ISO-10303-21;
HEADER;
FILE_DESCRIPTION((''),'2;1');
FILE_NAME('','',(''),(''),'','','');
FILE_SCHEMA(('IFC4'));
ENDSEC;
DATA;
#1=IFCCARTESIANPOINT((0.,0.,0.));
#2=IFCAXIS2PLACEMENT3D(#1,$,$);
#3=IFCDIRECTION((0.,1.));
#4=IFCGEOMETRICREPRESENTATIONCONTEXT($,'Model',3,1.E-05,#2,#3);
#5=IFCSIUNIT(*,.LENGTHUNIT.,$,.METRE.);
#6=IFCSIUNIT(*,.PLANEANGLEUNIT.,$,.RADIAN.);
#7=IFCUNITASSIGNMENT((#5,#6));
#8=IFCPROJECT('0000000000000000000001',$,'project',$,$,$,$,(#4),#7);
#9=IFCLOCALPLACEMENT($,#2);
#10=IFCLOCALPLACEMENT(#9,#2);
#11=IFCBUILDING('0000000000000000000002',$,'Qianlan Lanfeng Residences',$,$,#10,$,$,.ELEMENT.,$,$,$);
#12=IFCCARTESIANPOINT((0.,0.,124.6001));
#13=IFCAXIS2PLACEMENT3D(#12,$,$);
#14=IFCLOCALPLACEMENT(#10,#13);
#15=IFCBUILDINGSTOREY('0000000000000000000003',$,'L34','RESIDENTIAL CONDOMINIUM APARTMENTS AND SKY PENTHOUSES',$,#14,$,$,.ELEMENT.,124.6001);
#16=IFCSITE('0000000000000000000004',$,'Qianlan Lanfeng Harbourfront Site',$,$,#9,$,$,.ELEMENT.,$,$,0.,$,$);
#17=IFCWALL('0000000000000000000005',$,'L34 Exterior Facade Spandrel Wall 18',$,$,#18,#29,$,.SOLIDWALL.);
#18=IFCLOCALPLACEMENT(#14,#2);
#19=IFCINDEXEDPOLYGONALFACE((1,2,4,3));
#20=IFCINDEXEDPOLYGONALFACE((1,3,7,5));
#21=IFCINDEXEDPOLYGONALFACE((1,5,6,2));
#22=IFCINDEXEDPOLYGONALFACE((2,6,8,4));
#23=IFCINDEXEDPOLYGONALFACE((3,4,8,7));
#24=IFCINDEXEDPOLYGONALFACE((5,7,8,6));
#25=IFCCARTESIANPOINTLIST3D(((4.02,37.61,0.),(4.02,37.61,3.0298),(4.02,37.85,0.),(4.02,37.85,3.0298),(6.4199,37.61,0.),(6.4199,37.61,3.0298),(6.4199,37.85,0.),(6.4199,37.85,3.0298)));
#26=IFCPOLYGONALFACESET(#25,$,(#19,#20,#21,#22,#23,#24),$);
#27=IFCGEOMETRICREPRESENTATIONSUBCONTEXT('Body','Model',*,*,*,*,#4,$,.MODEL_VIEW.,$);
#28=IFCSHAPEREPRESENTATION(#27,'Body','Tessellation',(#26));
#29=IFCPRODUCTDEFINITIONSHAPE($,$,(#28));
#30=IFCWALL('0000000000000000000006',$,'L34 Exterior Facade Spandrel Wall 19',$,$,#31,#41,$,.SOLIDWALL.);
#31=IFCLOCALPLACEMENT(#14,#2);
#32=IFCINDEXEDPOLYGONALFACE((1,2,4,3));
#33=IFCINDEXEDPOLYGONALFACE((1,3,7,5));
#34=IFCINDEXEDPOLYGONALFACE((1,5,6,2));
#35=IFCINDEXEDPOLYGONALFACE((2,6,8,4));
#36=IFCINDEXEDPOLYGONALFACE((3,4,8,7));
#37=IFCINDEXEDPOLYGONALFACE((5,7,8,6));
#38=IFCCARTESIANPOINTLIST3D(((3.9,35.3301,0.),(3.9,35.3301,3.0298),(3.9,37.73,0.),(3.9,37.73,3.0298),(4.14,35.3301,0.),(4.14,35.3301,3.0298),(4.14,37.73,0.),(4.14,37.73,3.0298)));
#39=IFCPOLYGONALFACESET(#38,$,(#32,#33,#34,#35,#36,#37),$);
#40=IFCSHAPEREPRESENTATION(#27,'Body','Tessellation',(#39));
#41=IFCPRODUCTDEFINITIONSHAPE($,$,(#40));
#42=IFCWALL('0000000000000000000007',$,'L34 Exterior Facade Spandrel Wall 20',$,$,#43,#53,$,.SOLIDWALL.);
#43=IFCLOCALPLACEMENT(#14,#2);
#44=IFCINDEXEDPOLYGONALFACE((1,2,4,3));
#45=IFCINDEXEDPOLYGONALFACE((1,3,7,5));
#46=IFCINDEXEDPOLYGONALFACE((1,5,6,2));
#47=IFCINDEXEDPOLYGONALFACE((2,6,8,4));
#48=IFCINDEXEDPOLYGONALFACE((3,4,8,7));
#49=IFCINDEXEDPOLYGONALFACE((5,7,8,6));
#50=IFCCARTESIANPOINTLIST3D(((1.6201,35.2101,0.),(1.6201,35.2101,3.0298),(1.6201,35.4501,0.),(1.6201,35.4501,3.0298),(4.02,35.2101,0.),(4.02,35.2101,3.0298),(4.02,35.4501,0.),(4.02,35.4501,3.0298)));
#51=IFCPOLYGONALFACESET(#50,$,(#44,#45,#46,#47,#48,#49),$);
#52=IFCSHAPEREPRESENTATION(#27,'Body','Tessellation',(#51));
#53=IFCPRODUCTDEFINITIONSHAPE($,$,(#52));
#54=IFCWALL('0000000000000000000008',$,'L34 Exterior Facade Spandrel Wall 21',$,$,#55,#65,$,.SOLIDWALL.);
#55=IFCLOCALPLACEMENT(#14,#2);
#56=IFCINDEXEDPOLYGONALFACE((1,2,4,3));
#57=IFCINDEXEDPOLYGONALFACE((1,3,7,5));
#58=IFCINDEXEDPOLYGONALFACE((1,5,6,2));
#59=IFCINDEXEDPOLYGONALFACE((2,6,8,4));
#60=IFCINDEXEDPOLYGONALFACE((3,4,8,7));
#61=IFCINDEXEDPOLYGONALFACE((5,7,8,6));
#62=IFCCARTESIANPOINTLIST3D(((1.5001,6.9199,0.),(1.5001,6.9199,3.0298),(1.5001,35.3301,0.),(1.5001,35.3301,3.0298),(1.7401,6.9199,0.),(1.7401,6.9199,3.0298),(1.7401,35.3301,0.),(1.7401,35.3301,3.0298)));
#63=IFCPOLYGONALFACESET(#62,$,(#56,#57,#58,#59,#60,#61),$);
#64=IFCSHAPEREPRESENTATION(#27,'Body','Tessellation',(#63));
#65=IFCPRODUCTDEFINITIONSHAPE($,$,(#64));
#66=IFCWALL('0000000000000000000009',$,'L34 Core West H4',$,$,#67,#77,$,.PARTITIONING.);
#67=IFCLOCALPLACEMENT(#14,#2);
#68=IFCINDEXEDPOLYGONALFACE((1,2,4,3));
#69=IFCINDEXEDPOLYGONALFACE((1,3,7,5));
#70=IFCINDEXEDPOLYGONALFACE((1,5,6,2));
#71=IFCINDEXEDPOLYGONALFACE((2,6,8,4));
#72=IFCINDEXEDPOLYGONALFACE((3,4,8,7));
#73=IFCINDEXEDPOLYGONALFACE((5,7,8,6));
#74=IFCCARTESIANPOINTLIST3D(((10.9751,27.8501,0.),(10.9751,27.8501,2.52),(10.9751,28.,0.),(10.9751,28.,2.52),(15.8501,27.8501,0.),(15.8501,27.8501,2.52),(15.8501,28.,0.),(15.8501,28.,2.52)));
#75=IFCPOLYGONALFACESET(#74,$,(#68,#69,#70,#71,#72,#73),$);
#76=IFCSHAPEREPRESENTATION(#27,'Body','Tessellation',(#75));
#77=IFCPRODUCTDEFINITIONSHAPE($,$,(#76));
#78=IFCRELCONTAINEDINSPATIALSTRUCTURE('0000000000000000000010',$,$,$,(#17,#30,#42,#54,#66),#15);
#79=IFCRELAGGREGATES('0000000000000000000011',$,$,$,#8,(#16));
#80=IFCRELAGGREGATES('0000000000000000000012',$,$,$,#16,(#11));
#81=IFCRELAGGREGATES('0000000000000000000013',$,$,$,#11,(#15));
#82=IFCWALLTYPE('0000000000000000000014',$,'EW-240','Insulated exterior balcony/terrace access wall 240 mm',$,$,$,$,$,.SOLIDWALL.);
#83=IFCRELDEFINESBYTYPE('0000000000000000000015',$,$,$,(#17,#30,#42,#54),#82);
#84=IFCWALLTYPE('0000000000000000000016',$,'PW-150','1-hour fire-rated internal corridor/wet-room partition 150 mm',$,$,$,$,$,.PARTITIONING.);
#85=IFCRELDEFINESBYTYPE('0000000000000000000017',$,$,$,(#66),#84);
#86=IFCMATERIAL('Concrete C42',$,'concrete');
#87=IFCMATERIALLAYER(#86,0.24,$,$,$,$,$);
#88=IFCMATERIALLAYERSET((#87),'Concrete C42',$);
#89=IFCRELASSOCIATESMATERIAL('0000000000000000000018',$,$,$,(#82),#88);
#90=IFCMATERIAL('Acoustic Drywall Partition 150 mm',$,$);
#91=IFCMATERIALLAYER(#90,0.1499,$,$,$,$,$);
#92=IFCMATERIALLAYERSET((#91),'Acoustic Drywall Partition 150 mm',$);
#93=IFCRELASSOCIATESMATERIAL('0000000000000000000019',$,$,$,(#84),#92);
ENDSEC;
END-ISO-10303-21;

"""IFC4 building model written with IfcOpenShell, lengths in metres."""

from ifc_helpers import new_model, si_unit, direction, frame, frame_2d, origin, place, context, subcontext, project, spatial, rectangle, extrude, material, layer, layer_set, type_object, element, save


model = new_model("IFC4")

# Units and contexts
model_context = context("Model", 3, precision=1e-05, world=origin(), true_north=direction((0.0, 1.0)))
body_context = subcontext(model_context, "Body", "Model", "MODEL_VIEW")
ifc_project = project(units=[si_unit("LENGTHUNIT", "METRE"), si_unit("PLANEANGLEUNIT", "RADIAN")], contexts=[model_context])

# Site, building, storey
site_placement = place(None, origin())
site = spatial("IfcSite", under=ifc_project, at=site_placement, Name="Qianlan Lanfeng Harbourfront Site", CompositionType="ELEMENT", RefElevation=0.0)
building_placement = place(site_placement, origin())
building = spatial("IfcBuilding", under=site, at=building_placement, Name="Qianlan Lanfeng Residences", CompositionType="ELEMENT")
storey_placement = place(building_placement, frame((0.0, 0.0, 124.6001)))
storey = spatial("IfcBuildingStorey", under=building, at=storey_placement, Name="L34", Description="RESIDENTIAL CONDOMINIUM APARTMENTS AND SKY PENTHOUSES", CompositionType="ELEMENT", Elevation=124.6001)

# Walls
ifc_material_1 = material(Name="Concrete C42", Category="concrete")
ifc_layer_1 = layer(ifc_material_1, 0.24)
ifc_layer_set_1 = layer_set([ifc_layer_1], Name="Concrete C42")
wall_type_1 = type_object("IfcWallType", Name="EW-240", Description="Insulated exterior balcony/terrace access wall 240 mm", PredefinedType="SOLIDWALL", material=ifc_layer_set_1)
for number, where, z_axis, x_axis, name in (
    (1, (6.4199, 37.73, 0.0), (0.0, 0.0, 1.0), (-1.0, 0.0, 0.0), "L34 Exterior Facade Spandrel Wall 18"),
    (2, (4.02, 37.73, 0.0), (0.0, 0.0, 1.0), (0.0, -1.0, 0.0), "L34 Exterior Facade Spandrel Wall 19"),
    (3, (4.02, 35.3301, 0.0), (0.0, 0.0, 1.0), (-1.0, 0.0, 0.0), "L34 Exterior Facade Spandrel Wall 20"),
):
    element("IfcWall", number, at=place(storey_placement, frame(where, z_axis=z_axis, x_axis=x_axis)), inside=storey, type_object=wall_type_1, Name=name, PredefinedType="SOLIDWALL", context=body_context, shape_type="SweptSolid", body=[
        extrude(rectangle(XDim=2.3999, YDim=0.24, at=frame_2d((1.2, 0.0))), origin(), (0.0, 0.0, 1.0), 3.0298),
    ])
wall_1_placement = place(storey_placement, frame((1.6201, 35.3301, 0.0), z_axis=(0.0, 0.0, 1.0), x_axis=(0.0, -1.0, 0.0)))
element("IfcWall", 4, at=wall_1_placement, inside=storey, type_object=wall_type_1, Name="L34 Exterior Facade Spandrel Wall 21", PredefinedType="SOLIDWALL", context=body_context, shape_type="SweptSolid", body=[
    extrude(rectangle(XDim=28.4102, YDim=0.24, at=frame_2d((14.2051, 0.0))), origin(), (0.0, 0.0, 1.0), 3.0298),
])
ifc_material_2 = material(Name="Acoustic Drywall Partition 150 mm")
ifc_layer_2 = layer(ifc_material_2, 0.1499)
ifc_layer_set_2 = layer_set([ifc_layer_2], Name="Acoustic Drywall Partition 150 mm")
wall_type_2 = type_object("IfcWallType", Name="PW-150", Description="1-hour fire-rated internal corridor/wet-room partition 150 mm", PredefinedType="PARTITIONING", material=ifc_layer_set_2)
wall_2_placement = place(storey_placement, frame((10.9751, 27.925, 0.0), z_axis=(0.0, 0.0, 1.0), x_axis=(1.0, 0.0, 0.0)))
element("IfcWall", 5, at=wall_2_placement, inside=storey, type_object=wall_type_2, Name="L34 Core West H4", PredefinedType="PARTITIONING", context=body_context, shape_type="SweptSolid", body=[
    extrude(rectangle(XDim=4.875, YDim=0.1499, at=frame_2d((2.4375, 0.0))), origin(), (0.0, 0.0, 1.0), 2.52),
])

save(model, "model.ifc")
